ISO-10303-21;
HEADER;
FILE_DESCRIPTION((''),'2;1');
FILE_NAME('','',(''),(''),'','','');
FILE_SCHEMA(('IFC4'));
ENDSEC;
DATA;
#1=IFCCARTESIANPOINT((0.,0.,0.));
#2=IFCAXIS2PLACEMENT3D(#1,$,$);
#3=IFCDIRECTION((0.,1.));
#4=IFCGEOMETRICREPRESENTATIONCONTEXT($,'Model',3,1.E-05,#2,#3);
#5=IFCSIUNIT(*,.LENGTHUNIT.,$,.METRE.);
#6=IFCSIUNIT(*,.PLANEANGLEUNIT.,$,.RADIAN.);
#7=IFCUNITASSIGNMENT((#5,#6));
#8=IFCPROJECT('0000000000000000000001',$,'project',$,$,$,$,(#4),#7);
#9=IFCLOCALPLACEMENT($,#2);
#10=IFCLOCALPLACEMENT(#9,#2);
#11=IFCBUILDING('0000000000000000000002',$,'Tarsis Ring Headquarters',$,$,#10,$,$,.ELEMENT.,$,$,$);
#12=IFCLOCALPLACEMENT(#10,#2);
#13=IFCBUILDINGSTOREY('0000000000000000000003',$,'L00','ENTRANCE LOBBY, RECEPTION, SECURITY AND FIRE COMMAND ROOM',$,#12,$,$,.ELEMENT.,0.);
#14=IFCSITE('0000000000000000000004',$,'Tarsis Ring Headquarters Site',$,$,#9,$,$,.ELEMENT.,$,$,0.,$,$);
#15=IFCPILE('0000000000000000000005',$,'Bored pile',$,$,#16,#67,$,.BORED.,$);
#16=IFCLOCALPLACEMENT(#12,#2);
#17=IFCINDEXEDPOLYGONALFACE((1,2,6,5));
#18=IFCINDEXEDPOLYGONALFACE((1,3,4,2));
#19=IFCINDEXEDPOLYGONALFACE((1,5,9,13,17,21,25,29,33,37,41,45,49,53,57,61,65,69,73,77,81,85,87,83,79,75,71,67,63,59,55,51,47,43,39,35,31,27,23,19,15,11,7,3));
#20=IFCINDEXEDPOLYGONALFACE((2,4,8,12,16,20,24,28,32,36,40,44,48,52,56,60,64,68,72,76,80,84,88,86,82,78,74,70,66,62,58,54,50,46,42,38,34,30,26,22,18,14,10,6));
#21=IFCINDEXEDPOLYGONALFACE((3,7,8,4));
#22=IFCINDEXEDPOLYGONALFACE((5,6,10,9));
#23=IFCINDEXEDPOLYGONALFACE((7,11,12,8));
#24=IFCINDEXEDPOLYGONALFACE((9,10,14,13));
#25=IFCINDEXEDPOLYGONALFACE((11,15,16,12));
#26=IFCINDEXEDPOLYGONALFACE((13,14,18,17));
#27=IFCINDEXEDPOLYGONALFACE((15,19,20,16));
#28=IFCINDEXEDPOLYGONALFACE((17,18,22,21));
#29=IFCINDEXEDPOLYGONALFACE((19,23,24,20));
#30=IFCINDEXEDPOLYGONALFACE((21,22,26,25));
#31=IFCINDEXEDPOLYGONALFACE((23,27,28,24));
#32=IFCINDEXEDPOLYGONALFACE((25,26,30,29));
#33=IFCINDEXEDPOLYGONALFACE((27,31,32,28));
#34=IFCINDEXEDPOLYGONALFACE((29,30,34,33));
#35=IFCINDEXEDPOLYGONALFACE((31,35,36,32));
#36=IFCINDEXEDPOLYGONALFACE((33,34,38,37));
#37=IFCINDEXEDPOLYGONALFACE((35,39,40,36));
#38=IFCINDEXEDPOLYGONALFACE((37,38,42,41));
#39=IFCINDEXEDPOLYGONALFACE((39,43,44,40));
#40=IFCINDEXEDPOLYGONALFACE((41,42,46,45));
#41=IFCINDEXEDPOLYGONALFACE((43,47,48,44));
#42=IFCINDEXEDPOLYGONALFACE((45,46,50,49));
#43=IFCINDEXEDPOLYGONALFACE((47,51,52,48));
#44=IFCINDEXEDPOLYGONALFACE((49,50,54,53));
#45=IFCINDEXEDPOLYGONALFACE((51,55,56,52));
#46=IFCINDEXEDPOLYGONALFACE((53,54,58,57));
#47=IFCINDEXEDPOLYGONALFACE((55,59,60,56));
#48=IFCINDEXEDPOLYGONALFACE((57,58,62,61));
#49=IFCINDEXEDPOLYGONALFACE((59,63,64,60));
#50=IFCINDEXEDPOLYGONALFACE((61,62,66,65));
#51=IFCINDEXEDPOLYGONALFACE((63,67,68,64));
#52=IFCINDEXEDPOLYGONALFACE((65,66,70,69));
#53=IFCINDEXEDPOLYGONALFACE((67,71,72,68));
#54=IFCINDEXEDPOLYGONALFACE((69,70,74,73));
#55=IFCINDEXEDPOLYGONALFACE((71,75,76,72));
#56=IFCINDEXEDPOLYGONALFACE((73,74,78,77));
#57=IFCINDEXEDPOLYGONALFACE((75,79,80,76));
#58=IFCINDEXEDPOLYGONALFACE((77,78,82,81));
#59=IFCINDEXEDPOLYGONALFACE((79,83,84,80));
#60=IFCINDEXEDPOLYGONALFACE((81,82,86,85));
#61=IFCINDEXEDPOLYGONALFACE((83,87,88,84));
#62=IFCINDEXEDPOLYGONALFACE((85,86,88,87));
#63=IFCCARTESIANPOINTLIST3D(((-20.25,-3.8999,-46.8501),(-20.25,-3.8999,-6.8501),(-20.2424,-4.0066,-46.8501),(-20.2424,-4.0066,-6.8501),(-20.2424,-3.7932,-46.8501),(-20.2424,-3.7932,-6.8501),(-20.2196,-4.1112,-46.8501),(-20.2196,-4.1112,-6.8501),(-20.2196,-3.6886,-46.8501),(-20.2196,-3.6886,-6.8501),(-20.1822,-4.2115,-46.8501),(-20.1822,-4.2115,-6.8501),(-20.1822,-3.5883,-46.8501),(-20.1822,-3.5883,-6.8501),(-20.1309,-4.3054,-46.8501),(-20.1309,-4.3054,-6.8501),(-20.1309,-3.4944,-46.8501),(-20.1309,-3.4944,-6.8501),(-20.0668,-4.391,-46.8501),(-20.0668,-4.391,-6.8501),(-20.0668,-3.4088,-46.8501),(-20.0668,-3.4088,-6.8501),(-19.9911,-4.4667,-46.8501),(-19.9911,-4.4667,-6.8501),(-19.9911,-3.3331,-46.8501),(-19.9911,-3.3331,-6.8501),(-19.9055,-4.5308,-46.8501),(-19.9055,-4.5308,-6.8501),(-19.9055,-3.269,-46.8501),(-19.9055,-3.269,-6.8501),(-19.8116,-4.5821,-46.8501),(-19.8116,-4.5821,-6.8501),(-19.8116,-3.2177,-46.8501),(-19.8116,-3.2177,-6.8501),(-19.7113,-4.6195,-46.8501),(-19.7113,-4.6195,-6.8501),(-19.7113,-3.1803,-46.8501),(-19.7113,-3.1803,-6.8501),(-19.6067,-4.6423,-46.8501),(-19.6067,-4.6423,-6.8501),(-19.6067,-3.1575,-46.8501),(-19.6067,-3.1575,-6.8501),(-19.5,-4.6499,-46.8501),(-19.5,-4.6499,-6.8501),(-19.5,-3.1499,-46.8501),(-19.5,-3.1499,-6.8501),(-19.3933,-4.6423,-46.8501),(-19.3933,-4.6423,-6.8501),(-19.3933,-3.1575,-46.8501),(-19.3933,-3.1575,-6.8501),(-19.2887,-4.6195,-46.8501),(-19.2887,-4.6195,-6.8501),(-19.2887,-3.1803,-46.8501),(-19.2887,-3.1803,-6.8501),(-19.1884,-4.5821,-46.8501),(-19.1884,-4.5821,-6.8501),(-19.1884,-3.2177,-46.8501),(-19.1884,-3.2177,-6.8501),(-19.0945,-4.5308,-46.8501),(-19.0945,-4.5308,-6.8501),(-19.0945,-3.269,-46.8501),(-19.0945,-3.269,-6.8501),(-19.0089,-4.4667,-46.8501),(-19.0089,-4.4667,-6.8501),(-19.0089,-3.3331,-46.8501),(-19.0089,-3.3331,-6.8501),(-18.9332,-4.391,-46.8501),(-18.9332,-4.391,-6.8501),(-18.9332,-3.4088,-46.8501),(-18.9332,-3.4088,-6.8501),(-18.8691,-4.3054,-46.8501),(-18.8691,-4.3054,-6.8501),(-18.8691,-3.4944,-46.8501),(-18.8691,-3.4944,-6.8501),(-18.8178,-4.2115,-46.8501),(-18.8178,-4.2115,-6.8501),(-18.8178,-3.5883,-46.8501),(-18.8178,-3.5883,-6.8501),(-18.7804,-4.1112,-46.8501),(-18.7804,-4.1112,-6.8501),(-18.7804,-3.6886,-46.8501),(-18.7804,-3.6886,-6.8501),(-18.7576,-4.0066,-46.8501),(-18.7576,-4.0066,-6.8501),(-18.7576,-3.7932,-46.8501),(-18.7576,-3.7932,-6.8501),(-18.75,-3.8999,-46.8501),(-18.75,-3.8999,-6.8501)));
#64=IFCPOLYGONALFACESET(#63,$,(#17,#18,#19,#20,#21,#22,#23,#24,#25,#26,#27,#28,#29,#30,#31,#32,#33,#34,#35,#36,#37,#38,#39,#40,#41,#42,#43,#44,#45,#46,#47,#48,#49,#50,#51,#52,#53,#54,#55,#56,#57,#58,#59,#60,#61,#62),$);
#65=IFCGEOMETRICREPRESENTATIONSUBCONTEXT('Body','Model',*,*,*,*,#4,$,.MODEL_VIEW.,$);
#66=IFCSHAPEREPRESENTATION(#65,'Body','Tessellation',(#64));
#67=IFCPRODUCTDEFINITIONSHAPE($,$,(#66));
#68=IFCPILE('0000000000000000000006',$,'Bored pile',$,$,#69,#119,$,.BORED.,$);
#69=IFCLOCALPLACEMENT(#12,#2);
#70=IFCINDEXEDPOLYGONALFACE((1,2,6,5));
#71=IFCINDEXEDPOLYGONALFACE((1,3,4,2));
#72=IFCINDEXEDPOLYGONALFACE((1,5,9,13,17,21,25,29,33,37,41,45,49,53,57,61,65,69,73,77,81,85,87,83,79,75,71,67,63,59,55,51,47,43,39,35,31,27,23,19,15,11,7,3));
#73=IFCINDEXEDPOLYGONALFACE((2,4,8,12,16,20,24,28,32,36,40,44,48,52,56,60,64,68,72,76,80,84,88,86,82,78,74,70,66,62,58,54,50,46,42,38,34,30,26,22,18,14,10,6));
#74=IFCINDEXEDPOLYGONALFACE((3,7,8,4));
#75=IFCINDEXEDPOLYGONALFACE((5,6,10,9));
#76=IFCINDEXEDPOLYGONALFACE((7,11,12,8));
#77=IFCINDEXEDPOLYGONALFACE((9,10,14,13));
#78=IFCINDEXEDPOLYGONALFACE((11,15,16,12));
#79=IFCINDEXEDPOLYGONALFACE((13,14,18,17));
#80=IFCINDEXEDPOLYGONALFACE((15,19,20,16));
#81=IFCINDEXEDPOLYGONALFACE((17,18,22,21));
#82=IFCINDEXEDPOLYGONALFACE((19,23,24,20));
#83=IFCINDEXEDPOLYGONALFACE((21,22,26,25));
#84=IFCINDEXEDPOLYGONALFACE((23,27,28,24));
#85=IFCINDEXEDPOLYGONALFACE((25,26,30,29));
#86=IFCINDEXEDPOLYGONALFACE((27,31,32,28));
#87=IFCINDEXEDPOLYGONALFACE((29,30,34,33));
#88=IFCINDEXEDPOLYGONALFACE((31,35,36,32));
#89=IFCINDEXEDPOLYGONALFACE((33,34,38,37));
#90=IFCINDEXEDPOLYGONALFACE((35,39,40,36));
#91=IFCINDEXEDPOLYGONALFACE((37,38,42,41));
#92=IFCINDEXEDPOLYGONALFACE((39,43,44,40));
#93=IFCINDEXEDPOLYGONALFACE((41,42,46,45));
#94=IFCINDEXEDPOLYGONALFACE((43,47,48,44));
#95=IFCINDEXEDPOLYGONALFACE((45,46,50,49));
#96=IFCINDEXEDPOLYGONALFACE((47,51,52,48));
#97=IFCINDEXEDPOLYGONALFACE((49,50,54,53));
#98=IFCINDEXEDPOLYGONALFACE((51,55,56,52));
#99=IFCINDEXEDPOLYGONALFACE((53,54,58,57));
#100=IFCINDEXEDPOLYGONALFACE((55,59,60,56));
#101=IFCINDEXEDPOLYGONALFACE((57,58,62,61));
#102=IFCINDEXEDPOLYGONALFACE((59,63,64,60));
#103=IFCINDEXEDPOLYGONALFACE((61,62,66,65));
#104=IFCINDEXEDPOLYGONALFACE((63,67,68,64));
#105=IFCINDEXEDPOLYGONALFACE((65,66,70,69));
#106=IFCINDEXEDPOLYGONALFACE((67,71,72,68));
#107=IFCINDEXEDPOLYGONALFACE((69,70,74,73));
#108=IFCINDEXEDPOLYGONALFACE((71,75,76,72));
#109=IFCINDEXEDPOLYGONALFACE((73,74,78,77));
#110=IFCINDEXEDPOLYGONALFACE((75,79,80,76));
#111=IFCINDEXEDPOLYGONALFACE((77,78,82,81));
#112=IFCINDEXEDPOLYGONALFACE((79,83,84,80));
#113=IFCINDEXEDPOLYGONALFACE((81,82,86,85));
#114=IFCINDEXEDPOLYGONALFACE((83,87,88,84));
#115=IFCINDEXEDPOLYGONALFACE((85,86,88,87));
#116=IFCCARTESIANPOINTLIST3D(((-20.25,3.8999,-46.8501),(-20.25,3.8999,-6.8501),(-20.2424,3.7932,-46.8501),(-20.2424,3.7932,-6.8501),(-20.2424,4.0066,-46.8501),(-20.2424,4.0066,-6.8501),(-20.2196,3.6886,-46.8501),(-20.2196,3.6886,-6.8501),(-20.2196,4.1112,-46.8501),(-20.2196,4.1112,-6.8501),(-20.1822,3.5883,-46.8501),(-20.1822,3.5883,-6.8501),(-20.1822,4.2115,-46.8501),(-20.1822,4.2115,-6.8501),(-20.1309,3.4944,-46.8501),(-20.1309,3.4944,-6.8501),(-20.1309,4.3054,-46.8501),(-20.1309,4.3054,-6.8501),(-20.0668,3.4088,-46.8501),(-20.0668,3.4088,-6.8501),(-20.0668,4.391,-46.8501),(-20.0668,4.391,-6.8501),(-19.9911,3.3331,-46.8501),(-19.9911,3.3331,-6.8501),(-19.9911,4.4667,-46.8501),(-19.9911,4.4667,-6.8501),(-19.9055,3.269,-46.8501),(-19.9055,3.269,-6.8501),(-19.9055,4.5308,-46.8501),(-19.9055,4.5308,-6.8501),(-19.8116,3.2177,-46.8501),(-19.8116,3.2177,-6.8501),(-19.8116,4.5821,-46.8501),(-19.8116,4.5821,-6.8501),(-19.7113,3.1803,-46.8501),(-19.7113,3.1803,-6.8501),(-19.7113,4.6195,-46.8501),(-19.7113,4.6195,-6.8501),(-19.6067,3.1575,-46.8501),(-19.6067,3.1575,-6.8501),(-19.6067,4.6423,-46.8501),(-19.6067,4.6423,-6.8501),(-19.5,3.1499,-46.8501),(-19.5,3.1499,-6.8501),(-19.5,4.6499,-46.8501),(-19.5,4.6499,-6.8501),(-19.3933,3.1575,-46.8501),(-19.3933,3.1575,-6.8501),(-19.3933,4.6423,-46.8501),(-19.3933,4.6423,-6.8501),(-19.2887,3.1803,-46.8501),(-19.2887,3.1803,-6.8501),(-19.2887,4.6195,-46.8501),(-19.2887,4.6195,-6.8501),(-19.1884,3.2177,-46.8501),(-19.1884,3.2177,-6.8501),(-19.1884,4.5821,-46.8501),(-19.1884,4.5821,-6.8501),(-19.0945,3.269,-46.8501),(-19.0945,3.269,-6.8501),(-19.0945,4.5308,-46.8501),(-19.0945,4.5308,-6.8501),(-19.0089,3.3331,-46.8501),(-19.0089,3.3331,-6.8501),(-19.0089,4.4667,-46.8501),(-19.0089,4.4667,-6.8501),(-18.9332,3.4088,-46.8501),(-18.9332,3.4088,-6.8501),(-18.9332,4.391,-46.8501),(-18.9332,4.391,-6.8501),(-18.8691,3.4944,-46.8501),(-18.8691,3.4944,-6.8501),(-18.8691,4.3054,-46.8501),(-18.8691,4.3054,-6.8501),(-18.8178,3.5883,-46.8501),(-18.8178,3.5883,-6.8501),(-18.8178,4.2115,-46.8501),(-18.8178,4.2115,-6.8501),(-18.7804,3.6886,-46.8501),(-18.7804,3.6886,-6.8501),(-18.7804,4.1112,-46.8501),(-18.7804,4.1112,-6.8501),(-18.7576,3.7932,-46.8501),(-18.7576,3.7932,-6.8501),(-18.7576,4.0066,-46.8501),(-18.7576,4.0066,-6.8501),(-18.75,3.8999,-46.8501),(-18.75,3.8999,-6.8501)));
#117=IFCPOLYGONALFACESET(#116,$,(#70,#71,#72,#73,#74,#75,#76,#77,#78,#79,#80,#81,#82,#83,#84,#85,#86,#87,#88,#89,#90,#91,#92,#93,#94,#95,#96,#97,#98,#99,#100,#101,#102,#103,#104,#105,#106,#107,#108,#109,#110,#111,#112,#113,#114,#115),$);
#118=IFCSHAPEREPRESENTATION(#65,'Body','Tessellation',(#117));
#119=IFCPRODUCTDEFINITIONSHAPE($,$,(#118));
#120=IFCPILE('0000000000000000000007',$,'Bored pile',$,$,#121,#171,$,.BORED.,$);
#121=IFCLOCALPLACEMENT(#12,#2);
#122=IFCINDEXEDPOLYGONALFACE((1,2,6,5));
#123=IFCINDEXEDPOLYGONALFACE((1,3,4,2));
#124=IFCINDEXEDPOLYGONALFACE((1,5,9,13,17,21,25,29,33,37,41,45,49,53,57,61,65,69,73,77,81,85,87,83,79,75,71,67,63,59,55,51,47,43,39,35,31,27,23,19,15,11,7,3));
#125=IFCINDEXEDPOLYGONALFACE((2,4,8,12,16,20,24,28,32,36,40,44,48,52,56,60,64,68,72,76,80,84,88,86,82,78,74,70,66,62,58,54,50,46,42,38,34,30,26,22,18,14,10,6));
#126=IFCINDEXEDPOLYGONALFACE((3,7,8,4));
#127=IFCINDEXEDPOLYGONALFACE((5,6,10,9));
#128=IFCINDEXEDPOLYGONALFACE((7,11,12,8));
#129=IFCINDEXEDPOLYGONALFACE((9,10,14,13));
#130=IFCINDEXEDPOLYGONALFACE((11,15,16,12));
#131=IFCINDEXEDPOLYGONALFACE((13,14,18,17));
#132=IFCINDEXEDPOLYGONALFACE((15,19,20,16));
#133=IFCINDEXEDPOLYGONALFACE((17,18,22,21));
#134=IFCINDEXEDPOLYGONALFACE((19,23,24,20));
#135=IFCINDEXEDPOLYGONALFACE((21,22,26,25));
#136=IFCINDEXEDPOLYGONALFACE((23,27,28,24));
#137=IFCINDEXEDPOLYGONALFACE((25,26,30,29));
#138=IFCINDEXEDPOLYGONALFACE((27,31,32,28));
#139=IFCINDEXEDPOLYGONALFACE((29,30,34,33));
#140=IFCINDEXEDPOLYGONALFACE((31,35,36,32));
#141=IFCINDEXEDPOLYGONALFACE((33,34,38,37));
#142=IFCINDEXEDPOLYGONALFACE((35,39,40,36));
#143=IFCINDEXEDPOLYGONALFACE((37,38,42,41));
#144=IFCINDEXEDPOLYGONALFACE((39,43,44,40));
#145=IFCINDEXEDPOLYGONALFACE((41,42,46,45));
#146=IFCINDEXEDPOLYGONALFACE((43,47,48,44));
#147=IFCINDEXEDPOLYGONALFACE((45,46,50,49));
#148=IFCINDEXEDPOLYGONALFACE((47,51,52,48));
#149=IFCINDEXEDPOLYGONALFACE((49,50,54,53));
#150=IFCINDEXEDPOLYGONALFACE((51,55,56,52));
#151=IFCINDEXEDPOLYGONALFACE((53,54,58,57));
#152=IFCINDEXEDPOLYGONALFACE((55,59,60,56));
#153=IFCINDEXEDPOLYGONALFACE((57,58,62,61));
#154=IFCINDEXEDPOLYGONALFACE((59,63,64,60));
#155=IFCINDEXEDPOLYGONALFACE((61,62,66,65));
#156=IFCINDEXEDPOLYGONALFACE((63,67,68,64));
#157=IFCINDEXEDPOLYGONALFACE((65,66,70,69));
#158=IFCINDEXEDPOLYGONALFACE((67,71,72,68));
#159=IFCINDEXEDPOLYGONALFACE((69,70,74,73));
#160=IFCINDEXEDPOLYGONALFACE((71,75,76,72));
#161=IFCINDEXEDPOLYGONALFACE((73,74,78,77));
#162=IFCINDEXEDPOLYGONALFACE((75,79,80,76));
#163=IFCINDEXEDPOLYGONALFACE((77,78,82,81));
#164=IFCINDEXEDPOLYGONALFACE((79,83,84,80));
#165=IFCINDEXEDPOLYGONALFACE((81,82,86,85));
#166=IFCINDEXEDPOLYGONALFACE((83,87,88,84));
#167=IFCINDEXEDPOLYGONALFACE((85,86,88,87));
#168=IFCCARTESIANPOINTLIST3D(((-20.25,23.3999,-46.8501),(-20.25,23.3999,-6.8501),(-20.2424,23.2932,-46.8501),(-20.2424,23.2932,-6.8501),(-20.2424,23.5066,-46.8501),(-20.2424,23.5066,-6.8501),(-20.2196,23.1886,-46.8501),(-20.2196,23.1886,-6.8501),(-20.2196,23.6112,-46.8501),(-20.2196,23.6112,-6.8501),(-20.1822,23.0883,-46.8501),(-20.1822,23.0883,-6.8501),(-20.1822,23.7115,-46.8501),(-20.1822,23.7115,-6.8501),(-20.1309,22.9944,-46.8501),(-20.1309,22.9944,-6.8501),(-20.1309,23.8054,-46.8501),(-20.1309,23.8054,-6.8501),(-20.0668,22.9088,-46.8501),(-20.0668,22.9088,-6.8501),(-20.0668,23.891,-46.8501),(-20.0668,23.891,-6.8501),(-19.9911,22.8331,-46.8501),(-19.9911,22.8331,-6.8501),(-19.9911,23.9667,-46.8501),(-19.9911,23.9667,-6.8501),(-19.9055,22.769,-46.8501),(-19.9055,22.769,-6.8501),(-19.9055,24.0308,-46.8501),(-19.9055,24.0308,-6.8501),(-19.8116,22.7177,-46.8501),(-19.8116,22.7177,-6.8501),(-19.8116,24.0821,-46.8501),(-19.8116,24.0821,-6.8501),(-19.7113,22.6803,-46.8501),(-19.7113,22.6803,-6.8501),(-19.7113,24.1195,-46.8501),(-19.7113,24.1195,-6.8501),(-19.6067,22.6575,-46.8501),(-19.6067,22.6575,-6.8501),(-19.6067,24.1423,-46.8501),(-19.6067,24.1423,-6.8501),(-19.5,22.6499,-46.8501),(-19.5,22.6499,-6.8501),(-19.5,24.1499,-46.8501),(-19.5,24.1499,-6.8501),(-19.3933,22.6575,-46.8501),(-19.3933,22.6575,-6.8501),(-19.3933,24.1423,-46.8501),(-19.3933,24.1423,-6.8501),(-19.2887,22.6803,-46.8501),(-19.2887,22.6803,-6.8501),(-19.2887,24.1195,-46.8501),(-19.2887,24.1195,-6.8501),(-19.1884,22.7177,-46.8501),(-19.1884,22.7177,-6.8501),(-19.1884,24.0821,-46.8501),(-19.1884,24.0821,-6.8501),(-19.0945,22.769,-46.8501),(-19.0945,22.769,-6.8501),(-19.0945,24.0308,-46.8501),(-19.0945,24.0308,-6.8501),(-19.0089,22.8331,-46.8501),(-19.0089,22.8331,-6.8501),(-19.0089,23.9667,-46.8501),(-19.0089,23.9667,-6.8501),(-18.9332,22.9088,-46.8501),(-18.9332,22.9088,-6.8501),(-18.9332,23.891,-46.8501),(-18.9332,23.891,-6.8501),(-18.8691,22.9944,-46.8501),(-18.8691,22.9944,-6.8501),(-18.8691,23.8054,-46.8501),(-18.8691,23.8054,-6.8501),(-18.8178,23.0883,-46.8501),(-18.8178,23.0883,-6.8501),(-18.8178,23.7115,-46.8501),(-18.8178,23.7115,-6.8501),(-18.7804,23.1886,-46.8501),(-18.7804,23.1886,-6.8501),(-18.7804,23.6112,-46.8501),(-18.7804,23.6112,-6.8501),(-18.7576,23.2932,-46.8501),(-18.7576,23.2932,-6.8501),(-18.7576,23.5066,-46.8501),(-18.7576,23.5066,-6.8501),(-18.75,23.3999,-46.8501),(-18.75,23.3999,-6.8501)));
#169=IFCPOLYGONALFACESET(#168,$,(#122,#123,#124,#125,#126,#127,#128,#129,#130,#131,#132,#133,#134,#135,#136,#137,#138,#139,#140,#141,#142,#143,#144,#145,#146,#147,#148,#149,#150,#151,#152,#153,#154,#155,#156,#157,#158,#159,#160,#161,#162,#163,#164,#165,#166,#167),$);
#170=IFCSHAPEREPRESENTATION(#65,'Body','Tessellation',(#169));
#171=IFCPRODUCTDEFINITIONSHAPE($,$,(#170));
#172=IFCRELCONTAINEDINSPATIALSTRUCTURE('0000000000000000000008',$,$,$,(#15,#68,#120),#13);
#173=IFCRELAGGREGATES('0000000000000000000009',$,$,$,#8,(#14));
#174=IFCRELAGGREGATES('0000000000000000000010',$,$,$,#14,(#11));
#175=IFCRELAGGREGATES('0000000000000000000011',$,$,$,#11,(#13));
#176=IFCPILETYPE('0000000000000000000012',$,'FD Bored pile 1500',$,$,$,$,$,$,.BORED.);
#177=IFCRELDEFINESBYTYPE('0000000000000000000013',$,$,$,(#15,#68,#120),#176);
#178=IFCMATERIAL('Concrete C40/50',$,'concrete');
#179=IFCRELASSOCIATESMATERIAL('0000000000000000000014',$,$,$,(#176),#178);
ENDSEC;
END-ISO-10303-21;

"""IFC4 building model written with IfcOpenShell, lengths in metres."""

from ifc_helpers import new_model, si_unit, direction, frame, origin, origin_2d, place, context, subcontext, project, spatial, circle, extrude, material, material_profile, profile_set, type_object, element, save


model = new_model("IFC4")

# Units and contexts
model_context = context("Model", 3, precision=1e-05, world=origin(), true_north=direction((0.0, 1.0)))
body_context = subcontext(model_context, "Body", "Model", "MODEL_VIEW")
ifc_project = project(units=[si_unit("LENGTHUNIT", "METRE"), si_unit("PLANEANGLEUNIT", "RADIAN")], contexts=[model_context])

# Site, building, storey
site_placement = place(None, origin())
site = spatial("IfcSite", under=ifc_project, at=site_placement, Name="Tarsis Ring Headquarters Site", CompositionType="ELEMENT", RefElevation=0.0)
building_placement = place(site_placement, origin())
building = spatial("IfcBuilding", under=site, at=building_placement, Name="Tarsis Ring Headquarters", CompositionType="ELEMENT")
storey_placement = place(building_placement, origin())
storey = spatial("IfcBuildingStorey", under=building, at=storey_placement, Name="L00", Description="ENTRANCE LOBBY, RECEPTION, SECURITY AND FIRE COMMAND ROOM", CompositionType="ELEMENT", Elevation=0.0)

# Piles
ifc_material_1 = material(Name="Concrete C40/50", Category="concrete")
ifc_material_profile_1 = material_profile(ifc_material_1, circle(Radius=0.75, at=origin_2d()), Name="BORED 1500")
ifc_profile_set_1 = profile_set([ifc_material_profile_1], Name="Concrete C40/50")
pile_type_1 = type_object("IfcPileType", Name="FD Bored pile 1500", PredefinedType="BORED", material=ifc_profile_set_1)
for number, where, z_axis, x_axis, name in (
    (1, (-19.5, -3.8999, -6.8501), (0.0, 0.0, -1.0), (1.0, 0.0, 0.0), "Bored pile"),
    (2, (-19.5, 3.8999, -6.8501), (0.0, 0.0, -1.0), (1.0, 0.0, 0.0), "Bored pile"),
    (3, (-19.5, 23.3999, -6.8501), (0.0, 0.0, -1.0), (1.0, 0.0, 0.0), "Bored pile"),
):
    element("IfcPile", number, at=place(storey_placement, frame(where, z_axis=z_axis, x_axis=x_axis)), inside=storey, type_object=pile_type_1, Name=name, PredefinedType="BORED", context=body_context, shape_type="SweptSolid", body=[
        extrude(circle(Radius=0.75, at=origin_2d()), origin(), (0.0, 0.0, 1.0), 40.0),
    ])

save(model, "model.ifc")
